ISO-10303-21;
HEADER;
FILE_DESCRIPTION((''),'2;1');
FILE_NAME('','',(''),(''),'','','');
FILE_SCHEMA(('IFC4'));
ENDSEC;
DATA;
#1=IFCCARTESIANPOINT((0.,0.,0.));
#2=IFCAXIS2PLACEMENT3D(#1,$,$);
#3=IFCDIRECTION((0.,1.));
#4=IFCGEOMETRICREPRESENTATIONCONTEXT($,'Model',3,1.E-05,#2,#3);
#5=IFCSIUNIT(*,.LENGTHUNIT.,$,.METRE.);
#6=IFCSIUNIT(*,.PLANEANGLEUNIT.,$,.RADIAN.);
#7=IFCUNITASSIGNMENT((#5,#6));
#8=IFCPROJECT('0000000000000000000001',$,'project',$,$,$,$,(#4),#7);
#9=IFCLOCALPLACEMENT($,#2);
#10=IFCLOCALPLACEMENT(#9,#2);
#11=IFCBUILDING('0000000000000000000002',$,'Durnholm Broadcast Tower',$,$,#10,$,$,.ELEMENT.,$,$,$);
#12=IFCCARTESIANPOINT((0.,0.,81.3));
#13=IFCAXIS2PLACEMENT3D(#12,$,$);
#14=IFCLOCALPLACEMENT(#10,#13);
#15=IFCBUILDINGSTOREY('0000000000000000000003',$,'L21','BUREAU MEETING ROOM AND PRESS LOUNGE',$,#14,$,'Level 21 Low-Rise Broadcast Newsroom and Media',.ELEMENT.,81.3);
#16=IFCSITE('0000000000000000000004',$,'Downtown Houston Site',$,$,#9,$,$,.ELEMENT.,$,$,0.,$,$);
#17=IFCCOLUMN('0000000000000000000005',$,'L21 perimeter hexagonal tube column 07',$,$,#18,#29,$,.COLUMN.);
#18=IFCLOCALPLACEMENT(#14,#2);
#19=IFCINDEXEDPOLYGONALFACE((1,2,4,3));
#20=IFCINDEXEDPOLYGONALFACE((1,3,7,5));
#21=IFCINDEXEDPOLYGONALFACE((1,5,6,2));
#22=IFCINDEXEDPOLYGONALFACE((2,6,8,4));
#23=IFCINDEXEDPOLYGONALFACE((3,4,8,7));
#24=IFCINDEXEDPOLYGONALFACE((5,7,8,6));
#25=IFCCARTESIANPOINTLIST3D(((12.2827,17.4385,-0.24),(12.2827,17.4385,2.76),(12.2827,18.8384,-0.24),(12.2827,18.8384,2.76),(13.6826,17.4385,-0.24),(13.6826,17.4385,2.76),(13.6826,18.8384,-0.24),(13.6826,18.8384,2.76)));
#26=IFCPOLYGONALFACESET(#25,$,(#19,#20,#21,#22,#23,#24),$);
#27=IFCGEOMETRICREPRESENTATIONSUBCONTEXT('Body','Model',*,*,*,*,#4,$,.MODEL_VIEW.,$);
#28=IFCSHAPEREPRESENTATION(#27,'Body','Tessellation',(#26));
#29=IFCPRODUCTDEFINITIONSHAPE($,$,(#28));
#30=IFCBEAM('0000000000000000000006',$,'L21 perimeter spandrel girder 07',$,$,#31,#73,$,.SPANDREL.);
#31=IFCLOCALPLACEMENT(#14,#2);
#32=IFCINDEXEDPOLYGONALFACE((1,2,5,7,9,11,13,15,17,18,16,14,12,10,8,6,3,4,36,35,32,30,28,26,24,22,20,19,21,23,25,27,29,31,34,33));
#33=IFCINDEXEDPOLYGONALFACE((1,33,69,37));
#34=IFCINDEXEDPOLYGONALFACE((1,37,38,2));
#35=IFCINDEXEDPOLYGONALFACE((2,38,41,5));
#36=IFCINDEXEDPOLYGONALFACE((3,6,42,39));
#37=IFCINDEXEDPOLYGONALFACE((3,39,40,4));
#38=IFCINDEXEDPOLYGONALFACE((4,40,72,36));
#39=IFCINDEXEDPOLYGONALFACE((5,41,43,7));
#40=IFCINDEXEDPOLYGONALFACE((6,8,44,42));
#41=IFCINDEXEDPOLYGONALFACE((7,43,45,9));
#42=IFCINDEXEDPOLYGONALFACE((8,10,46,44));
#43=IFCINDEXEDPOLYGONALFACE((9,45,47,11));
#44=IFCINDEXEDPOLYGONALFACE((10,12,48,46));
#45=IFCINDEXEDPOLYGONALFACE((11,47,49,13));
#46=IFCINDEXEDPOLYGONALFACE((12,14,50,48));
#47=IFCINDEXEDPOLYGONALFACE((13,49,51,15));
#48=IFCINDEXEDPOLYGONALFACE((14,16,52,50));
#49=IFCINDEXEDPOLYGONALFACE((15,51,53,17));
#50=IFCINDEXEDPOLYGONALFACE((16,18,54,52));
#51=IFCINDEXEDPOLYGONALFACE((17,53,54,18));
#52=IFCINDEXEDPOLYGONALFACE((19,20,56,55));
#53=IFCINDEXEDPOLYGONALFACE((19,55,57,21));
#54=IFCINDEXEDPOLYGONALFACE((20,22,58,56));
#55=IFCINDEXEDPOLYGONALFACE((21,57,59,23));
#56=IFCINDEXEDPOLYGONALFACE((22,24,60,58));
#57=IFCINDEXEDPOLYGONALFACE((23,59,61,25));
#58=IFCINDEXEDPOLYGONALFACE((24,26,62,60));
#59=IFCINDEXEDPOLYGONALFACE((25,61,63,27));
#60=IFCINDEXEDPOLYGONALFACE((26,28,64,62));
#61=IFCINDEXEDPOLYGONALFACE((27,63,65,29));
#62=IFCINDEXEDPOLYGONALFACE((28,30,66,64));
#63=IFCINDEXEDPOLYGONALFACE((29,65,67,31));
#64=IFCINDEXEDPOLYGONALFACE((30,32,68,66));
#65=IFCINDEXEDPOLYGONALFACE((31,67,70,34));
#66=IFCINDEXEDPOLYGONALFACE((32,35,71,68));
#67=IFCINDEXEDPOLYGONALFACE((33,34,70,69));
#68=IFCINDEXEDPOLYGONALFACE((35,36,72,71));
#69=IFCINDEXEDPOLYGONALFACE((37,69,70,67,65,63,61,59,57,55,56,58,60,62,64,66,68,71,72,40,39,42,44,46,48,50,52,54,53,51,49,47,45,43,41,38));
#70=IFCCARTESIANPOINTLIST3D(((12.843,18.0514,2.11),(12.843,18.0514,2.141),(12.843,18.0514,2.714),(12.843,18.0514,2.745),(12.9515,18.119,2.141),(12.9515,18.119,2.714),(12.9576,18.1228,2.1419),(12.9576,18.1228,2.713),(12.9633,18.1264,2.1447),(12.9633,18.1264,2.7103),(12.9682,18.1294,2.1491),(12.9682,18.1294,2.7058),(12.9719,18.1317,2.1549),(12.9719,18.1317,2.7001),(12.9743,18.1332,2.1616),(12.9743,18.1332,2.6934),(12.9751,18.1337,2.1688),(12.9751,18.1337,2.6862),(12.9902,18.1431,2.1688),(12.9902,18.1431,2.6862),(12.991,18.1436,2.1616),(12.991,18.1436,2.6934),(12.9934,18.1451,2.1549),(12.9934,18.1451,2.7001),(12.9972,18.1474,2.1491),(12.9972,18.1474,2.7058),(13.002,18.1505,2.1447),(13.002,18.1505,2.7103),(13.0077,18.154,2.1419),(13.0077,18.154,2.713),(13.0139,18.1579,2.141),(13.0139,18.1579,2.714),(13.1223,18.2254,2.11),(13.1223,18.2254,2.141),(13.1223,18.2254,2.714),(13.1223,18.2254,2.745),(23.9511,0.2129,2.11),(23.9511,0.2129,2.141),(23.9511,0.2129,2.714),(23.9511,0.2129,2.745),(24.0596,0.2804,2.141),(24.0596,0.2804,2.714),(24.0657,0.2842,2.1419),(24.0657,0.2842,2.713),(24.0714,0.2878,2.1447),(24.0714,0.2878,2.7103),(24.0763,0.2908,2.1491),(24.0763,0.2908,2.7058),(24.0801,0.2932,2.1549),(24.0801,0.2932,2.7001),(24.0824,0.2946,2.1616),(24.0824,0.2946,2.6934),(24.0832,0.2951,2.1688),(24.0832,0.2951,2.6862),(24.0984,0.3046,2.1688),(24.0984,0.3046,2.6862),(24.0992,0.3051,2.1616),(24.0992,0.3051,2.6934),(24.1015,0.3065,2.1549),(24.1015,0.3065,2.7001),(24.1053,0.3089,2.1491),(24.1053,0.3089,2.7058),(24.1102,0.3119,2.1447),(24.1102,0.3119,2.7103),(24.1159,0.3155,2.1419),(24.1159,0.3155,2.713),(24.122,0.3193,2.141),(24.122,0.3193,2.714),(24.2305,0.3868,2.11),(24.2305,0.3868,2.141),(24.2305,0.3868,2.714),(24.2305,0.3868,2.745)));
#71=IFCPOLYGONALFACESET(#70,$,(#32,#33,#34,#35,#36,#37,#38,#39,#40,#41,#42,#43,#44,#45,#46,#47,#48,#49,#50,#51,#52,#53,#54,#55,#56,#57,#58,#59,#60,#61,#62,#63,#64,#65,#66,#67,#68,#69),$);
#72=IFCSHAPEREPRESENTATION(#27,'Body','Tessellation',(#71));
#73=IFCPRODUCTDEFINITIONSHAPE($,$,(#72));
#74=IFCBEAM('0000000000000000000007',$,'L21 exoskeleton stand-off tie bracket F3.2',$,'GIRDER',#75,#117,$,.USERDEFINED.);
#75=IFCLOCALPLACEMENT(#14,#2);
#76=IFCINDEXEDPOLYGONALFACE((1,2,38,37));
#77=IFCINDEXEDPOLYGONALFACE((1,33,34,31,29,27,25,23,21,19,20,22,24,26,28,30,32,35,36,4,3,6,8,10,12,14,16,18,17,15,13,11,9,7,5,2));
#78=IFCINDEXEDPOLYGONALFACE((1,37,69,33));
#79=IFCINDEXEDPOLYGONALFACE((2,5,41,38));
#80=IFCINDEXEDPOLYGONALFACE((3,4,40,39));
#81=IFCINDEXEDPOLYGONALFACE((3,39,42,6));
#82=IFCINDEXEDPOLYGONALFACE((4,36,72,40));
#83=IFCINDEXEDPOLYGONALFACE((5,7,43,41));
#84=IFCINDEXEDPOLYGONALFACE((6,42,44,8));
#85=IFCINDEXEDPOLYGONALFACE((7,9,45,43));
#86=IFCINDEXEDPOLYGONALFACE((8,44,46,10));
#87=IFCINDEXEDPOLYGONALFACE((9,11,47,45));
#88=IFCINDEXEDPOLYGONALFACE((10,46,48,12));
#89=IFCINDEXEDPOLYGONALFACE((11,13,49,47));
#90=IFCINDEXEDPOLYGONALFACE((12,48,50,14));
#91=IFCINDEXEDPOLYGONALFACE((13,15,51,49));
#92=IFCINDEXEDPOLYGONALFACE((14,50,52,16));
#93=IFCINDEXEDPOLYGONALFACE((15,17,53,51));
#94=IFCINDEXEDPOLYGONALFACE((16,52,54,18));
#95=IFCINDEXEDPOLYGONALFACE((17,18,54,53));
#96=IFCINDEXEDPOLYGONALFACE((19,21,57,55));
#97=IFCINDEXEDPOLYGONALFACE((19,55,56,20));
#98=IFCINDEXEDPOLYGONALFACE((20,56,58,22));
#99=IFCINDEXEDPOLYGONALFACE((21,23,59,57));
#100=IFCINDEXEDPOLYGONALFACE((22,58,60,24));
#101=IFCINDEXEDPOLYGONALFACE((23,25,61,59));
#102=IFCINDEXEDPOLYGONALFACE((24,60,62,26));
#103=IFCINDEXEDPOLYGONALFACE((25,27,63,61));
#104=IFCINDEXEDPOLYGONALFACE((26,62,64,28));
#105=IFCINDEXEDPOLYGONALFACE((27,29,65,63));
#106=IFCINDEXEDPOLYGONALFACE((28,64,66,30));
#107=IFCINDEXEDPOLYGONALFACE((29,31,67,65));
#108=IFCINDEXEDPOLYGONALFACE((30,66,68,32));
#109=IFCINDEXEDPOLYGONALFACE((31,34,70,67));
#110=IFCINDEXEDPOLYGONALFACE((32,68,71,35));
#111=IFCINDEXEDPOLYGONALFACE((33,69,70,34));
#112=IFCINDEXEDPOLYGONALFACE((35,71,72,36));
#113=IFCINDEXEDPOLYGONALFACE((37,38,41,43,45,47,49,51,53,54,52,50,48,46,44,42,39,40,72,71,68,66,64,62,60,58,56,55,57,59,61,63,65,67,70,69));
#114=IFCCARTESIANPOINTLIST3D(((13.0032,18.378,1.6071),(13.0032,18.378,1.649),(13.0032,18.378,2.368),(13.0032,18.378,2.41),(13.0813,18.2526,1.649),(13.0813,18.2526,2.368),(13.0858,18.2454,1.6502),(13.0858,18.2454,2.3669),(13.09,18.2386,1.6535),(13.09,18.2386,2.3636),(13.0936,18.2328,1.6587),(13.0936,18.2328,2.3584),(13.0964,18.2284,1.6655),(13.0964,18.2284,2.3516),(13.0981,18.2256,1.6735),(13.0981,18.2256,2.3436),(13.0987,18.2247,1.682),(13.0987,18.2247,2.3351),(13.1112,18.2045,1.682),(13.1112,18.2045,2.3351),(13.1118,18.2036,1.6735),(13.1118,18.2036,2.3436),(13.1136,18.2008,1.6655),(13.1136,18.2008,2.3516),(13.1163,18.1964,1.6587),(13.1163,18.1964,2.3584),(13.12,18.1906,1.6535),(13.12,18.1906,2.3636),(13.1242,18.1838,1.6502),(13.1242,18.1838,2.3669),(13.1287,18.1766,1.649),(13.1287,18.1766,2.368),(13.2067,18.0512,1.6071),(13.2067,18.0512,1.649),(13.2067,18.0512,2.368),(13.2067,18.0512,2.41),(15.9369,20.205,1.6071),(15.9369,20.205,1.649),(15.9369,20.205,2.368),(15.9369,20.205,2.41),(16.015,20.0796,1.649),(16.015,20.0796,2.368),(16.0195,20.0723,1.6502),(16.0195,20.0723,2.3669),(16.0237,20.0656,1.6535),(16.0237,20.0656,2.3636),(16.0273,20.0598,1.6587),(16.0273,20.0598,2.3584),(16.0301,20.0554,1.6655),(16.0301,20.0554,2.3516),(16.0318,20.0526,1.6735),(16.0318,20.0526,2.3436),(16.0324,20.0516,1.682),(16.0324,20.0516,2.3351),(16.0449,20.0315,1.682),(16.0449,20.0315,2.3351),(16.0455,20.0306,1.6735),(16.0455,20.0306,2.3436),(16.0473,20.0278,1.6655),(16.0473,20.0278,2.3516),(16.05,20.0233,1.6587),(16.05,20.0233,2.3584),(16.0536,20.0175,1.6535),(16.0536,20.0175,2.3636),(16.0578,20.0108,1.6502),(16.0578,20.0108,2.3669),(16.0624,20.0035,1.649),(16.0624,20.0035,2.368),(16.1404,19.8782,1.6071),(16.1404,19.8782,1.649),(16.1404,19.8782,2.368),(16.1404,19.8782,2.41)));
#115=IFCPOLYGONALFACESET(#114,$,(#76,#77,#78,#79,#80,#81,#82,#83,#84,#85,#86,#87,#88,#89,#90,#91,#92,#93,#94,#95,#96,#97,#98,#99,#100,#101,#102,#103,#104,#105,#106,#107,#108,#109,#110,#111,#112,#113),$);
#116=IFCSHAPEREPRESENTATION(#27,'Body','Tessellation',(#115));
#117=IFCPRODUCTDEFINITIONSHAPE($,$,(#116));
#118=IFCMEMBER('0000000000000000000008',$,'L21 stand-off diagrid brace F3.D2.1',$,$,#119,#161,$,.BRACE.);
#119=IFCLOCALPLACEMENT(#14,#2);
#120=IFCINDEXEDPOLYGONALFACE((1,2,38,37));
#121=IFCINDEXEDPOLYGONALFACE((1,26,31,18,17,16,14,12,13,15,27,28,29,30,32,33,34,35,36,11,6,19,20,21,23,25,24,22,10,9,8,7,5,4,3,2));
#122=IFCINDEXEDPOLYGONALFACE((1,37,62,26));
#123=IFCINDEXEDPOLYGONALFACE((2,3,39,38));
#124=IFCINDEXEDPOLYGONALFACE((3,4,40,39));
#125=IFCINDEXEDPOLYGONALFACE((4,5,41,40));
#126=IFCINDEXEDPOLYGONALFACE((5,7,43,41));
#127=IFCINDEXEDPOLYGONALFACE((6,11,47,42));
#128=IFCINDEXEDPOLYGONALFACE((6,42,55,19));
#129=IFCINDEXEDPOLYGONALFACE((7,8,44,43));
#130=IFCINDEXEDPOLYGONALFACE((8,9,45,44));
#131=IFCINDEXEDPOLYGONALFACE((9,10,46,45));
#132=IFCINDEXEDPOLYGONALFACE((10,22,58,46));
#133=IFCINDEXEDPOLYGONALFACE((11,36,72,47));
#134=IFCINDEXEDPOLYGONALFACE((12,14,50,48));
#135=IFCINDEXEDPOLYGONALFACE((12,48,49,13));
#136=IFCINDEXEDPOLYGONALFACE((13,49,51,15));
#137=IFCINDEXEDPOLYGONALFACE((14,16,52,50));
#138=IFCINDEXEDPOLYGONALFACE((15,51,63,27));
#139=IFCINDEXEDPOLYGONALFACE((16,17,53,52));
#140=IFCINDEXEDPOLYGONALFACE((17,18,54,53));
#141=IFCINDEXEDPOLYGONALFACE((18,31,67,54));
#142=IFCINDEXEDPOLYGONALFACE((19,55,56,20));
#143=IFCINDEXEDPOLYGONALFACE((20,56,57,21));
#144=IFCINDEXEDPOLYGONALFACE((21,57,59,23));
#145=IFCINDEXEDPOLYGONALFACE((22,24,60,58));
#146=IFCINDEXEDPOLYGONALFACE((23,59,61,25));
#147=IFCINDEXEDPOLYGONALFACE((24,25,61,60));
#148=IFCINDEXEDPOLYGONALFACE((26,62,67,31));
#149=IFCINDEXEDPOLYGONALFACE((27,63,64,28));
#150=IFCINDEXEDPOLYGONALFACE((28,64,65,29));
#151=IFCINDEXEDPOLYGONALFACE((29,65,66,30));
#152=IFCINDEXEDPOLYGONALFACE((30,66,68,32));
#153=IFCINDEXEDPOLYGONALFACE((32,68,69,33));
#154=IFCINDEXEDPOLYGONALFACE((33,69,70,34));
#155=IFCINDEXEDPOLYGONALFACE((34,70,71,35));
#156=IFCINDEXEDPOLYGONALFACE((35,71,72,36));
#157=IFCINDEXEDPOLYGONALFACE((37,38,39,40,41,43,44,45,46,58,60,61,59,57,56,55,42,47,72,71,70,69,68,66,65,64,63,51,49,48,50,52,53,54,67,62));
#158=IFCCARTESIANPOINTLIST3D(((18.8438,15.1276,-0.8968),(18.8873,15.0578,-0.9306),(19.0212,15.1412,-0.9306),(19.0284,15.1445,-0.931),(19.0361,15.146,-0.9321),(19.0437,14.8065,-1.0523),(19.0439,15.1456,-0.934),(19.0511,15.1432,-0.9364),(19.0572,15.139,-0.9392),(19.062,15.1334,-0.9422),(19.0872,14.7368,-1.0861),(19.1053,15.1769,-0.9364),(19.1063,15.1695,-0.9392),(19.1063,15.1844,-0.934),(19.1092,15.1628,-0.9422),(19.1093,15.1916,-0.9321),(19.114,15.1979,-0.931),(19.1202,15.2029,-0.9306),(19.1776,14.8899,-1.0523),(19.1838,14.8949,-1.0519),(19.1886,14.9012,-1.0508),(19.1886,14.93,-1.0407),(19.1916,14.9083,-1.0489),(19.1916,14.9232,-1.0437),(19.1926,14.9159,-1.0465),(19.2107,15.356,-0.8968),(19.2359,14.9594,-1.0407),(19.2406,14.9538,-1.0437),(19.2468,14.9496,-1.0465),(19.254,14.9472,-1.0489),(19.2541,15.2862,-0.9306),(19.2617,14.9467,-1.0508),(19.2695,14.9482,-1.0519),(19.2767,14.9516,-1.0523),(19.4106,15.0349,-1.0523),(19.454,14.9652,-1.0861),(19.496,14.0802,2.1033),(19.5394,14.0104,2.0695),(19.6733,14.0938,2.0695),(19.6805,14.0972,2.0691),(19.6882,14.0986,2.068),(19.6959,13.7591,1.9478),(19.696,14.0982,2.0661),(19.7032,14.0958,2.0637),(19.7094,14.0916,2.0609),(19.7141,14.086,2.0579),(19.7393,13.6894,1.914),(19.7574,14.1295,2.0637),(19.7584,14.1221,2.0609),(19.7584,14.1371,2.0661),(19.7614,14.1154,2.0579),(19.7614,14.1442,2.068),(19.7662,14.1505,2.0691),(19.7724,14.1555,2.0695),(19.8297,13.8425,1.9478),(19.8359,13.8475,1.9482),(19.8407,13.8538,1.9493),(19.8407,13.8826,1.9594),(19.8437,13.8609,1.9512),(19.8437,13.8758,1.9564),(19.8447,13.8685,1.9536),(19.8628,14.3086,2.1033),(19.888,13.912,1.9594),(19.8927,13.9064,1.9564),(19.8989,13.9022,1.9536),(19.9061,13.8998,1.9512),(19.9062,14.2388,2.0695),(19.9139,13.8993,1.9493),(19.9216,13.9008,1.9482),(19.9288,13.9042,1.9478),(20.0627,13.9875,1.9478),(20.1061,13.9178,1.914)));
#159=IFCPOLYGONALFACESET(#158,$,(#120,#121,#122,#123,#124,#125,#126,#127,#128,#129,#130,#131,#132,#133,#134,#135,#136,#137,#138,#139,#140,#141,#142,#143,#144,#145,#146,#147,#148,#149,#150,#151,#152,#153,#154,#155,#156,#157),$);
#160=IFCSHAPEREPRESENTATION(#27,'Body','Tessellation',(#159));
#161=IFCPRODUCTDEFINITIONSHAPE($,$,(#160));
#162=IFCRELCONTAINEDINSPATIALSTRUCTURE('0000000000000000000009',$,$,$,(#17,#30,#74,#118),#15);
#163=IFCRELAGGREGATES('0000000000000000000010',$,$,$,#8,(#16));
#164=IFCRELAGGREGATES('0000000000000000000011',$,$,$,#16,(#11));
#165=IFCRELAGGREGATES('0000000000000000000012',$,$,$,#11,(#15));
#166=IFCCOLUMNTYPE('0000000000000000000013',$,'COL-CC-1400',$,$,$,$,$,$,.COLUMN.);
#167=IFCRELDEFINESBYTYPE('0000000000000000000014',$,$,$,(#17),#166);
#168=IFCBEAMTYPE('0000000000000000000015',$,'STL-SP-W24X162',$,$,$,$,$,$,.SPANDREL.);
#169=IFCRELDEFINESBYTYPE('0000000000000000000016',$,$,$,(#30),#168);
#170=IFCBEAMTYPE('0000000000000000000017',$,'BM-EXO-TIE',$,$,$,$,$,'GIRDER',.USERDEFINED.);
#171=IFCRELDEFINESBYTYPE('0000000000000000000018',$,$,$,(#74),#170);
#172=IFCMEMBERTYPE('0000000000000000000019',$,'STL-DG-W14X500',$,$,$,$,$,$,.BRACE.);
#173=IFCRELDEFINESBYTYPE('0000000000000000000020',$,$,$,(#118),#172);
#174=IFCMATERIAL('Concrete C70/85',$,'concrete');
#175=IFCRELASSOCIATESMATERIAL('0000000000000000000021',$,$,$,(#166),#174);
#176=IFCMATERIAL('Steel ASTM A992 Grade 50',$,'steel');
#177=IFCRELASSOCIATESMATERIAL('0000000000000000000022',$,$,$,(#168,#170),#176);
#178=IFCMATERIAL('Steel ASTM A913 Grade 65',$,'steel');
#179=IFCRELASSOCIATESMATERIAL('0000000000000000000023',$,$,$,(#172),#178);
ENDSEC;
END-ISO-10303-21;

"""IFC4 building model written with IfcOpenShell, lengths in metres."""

from ifc_helpers import new_model, si_unit, direction, frame, origin, origin_2d, place, context, subcontext, project, spatial, rectangle, i_section, extrude, source, transform, mapped, material, material_profile, profile_set, type_object, type_shapes, element, save


model = new_model("IFC4")

# Units and contexts
model_context = context("Model", 3, precision=1e-05, world=origin(), true_north=direction((0.0, 1.0)))
body_context = subcontext(model_context, "Body", "Model", "MODEL_VIEW")
ifc_project = project(units=[si_unit("LENGTHUNIT", "METRE"), si_unit("PLANEANGLEUNIT", "RADIAN")], contexts=[model_context])

# Site, building, storey
site_placement = place(None, origin())
site = spatial("IfcSite", under=ifc_project, at=site_placement, Name="Downtown Houston Site", CompositionType="ELEMENT", RefElevation=0.0)
building_placement = place(site_placement, origin())
building = spatial("IfcBuilding", under=site, at=building_placement, Name="Durnholm Broadcast Tower", CompositionType="ELEMENT")
storey_placement = place(building_placement, frame((0.0, 0.0, 81.3)))
storey = spatial("IfcBuildingStorey", under=building, at=storey_placement, Name="L21", Description="BUREAU MEETING ROOM AND PRESS LOUNGE", LongName="Level 21 Low-Rise Broadcast Newsroom and Media", CompositionType="ELEMENT", Elevation=81.3)

# Column
ifc_material_1 = material(Name="Concrete C70/85", Category="concrete")
ifc_material_profile_1 = material_profile(ifc_material_1, rectangle(XDim=1.3999, YDim=1.3999, at=origin_2d()), Name="RC1400X1400")
ifc_profile_set_1 = profile_set([ifc_material_profile_1], Name="Concrete C70/85")
column_type = type_object("IfcColumnType", Name="COL-CC-1400", PredefinedType="COLUMN", material=ifc_profile_set_1)
shared_shape_1 = source(origin(), body_context, "Body", "SweptSolid", [
    extrude(rectangle(XDim=1.3999, YDim=1.3999, at=origin_2d()), origin(), (0.0, 0.0, 1.0), 3.0),
])
type_shapes(column_type, [shared_shape_1])
column_placement = place(storey_placement, frame((12.9827, 18.1384, -0.24), z_axis=(0.0, 0.0, 1.0), x_axis=(1.0, 0.0, 0.0)))
element("IfcColumn", 1, at=column_placement, inside=storey, type_object=column_type, Name="L21 perimeter hexagonal tube column 07", PredefinedType="COLUMN", context=body_context, shape_type="MappedRepresentation", body=[
    mapped(shared_shape_1, transform((0.0, 0.0, 0.0), x_axis=(1.0, 0.0, 0.0), y_axis=(0.0, 1.0, 0.0), z_axis=(0.0, 0.0, 1.0), scale=1.0)),
])

# Beams
ifc_material_2 = material(Name="Steel ASTM A992 Grade 50", Category="steel")
ifc_material_profile_2 = material_profile(ifc_material_2, i_section(OverallWidth=0.3291, OverallDepth=0.635, WebThickness=0.0178, FlangeThickness=0.031, FilletRadius=0.0278, at=origin_2d()), Name="W24X162")
ifc_profile_set_2 = profile_set([ifc_material_profile_2], Name="Steel ASTM A992 Grade 50")
beam_type_1 = type_object("IfcBeamType", Name="STL-SP-W24X162", PredefinedType="SPANDREL", material=ifc_profile_set_2)
shared_shape_2 = source(origin(), body_context, "Body", "SweptSolid", [
    extrude(i_section(OverallWidth=0.3291, OverallDepth=0.635, WebThickness=0.0178, FlangeThickness=0.031, FilletRadius=0.0278, at=origin_2d()), origin(), (0.0, 0.0, 1.0), 21.0144),
])
type_shapes(beam_type_1, [shared_shape_2])
beam_1_placement = place(storey_placement, frame((12.9827, 18.1384, 2.4275), z_axis=(0.528596, -0.848874, 0.0), x_axis=(0.848874, 0.528596, 0.0)))
element("IfcBeam", 2, at=beam_1_placement, inside=storey, type_object=beam_type_1, Name="L21 perimeter spandrel girder 07", PredefinedType="SPANDREL", context=body_context, shape_type="MappedRepresentation", body=[
    mapped(shared_shape_2, transform((0.0, 0.0, 0.0), x_axis=(1.0, 0.0, 0.0), y_axis=(0.0, 1.0, 0.0), z_axis=(0.0, 0.0, 1.0), scale=1.0)),
])
ifc_material_profile_3 = material_profile(ifc_material_2, i_section(OverallWidth=0.385, OverallDepth=0.803, WebThickness=0.0237, FlangeThickness=0.042, FilletRadius=0.033, at=origin_2d()), Name="W30X261")
ifc_profile_set_3 = profile_set([ifc_material_profile_3], Name="Steel ASTM A992 Grade 50")
beam_type_2 = type_object("IfcBeamType", Name="BM-EXO-TIE", ElementType="GIRDER", PredefinedType="USERDEFINED", material=ifc_profile_set_3)
shared_shape_3 = source(origin(), body_context, "Body", "SweptSolid", [
    extrude(i_section(OverallWidth=0.385, OverallDepth=0.803, WebThickness=0.0237, FlangeThickness=0.042, FilletRadius=0.033, at=origin_2d()), origin(), (0.0, 0.0, 1.0), 3.4561),
])
type_shapes(beam_type_2, [shared_shape_3])
beam_2_placement = place(storey_placement, frame((13.105, 18.2146, 2.0085), z_axis=(0.848854, 0.528627, 0.0), x_axis=(-0.528627, 0.848854, 0.0)))
element("IfcBeam", 3, at=beam_2_placement, inside=storey, type_object=beam_type_2, Name="L21 exoskeleton stand-off tie bracket F3.2", ObjectType="GIRDER", PredefinedType="USERDEFINED", context=body_context, shape_type="MappedRepresentation", body=[
    mapped(shared_shape_3, transform((0.0, 0.0, 0.0), x_axis=(1.0, 0.0, 0.0), y_axis=(0.0, 1.0, 0.0), z_axis=(0.0, 0.0, 1.0), scale=1.0)),
])

# Member
ifc_material_3 = material(Name="Steel ASTM A913 Grade 65", Category="steel")
ifc_material_profile_4 = material_profile(ifc_material_3, i_section(OverallWidth=0.4321, OverallDepth=0.4978, WebThickness=0.0557, FlangeThickness=0.0889, FilletRadius=0.0305, at=origin_2d()), Name="W14X500")
ifc_profile_set_4 = profile_set([ifc_material_profile_4], Name="Steel ASTM A913 Grade 65")
member_type_1 = type_object("IfcMemberType", Name="STL-DG-W14X500", PredefinedType="BRACE", material=ifc_profile_set_4)
shared_shape_4 = source(origin(), body_context, "Body", "SweptSolid", [
    extrude(i_section(OverallWidth=0.4321, OverallDepth=0.4978, WebThickness=0.0557, FlangeThickness=0.0889, FilletRadius=0.0305, at=origin_2d()), origin(), (0.0, 0.0, 1.0), 3.2439),
])
type_shapes(member_type_1, [shared_shape_4])
for number, where, z_axis, x_axis, name in (
    (4, (19.1489, 15.0464, -0.9915), (0.20103, -0.322882, 0.924843), (0.848909, 0.52854, 0.0), "L21 stand-off diagrid brace F3.D2.1"),
):
    element("IfcMember", number, at=place(storey_placement, frame(where, z_axis=z_axis, x_axis=x_axis)), inside=storey, type_object=member_type_1, Name=name, PredefinedType="BRACE", context=body_context, shape_type="MappedRepresentation", body=[
        mapped(shared_shape_4, transform((0.0, 0.0, 0.0), x_axis=(1.0, 0.0, 0.0), y_axis=(0.0, 1.0, 0.0), z_axis=(0.0, 0.0, 1.0), scale=1.0)),
    ])

save(model, "model.ifc")
